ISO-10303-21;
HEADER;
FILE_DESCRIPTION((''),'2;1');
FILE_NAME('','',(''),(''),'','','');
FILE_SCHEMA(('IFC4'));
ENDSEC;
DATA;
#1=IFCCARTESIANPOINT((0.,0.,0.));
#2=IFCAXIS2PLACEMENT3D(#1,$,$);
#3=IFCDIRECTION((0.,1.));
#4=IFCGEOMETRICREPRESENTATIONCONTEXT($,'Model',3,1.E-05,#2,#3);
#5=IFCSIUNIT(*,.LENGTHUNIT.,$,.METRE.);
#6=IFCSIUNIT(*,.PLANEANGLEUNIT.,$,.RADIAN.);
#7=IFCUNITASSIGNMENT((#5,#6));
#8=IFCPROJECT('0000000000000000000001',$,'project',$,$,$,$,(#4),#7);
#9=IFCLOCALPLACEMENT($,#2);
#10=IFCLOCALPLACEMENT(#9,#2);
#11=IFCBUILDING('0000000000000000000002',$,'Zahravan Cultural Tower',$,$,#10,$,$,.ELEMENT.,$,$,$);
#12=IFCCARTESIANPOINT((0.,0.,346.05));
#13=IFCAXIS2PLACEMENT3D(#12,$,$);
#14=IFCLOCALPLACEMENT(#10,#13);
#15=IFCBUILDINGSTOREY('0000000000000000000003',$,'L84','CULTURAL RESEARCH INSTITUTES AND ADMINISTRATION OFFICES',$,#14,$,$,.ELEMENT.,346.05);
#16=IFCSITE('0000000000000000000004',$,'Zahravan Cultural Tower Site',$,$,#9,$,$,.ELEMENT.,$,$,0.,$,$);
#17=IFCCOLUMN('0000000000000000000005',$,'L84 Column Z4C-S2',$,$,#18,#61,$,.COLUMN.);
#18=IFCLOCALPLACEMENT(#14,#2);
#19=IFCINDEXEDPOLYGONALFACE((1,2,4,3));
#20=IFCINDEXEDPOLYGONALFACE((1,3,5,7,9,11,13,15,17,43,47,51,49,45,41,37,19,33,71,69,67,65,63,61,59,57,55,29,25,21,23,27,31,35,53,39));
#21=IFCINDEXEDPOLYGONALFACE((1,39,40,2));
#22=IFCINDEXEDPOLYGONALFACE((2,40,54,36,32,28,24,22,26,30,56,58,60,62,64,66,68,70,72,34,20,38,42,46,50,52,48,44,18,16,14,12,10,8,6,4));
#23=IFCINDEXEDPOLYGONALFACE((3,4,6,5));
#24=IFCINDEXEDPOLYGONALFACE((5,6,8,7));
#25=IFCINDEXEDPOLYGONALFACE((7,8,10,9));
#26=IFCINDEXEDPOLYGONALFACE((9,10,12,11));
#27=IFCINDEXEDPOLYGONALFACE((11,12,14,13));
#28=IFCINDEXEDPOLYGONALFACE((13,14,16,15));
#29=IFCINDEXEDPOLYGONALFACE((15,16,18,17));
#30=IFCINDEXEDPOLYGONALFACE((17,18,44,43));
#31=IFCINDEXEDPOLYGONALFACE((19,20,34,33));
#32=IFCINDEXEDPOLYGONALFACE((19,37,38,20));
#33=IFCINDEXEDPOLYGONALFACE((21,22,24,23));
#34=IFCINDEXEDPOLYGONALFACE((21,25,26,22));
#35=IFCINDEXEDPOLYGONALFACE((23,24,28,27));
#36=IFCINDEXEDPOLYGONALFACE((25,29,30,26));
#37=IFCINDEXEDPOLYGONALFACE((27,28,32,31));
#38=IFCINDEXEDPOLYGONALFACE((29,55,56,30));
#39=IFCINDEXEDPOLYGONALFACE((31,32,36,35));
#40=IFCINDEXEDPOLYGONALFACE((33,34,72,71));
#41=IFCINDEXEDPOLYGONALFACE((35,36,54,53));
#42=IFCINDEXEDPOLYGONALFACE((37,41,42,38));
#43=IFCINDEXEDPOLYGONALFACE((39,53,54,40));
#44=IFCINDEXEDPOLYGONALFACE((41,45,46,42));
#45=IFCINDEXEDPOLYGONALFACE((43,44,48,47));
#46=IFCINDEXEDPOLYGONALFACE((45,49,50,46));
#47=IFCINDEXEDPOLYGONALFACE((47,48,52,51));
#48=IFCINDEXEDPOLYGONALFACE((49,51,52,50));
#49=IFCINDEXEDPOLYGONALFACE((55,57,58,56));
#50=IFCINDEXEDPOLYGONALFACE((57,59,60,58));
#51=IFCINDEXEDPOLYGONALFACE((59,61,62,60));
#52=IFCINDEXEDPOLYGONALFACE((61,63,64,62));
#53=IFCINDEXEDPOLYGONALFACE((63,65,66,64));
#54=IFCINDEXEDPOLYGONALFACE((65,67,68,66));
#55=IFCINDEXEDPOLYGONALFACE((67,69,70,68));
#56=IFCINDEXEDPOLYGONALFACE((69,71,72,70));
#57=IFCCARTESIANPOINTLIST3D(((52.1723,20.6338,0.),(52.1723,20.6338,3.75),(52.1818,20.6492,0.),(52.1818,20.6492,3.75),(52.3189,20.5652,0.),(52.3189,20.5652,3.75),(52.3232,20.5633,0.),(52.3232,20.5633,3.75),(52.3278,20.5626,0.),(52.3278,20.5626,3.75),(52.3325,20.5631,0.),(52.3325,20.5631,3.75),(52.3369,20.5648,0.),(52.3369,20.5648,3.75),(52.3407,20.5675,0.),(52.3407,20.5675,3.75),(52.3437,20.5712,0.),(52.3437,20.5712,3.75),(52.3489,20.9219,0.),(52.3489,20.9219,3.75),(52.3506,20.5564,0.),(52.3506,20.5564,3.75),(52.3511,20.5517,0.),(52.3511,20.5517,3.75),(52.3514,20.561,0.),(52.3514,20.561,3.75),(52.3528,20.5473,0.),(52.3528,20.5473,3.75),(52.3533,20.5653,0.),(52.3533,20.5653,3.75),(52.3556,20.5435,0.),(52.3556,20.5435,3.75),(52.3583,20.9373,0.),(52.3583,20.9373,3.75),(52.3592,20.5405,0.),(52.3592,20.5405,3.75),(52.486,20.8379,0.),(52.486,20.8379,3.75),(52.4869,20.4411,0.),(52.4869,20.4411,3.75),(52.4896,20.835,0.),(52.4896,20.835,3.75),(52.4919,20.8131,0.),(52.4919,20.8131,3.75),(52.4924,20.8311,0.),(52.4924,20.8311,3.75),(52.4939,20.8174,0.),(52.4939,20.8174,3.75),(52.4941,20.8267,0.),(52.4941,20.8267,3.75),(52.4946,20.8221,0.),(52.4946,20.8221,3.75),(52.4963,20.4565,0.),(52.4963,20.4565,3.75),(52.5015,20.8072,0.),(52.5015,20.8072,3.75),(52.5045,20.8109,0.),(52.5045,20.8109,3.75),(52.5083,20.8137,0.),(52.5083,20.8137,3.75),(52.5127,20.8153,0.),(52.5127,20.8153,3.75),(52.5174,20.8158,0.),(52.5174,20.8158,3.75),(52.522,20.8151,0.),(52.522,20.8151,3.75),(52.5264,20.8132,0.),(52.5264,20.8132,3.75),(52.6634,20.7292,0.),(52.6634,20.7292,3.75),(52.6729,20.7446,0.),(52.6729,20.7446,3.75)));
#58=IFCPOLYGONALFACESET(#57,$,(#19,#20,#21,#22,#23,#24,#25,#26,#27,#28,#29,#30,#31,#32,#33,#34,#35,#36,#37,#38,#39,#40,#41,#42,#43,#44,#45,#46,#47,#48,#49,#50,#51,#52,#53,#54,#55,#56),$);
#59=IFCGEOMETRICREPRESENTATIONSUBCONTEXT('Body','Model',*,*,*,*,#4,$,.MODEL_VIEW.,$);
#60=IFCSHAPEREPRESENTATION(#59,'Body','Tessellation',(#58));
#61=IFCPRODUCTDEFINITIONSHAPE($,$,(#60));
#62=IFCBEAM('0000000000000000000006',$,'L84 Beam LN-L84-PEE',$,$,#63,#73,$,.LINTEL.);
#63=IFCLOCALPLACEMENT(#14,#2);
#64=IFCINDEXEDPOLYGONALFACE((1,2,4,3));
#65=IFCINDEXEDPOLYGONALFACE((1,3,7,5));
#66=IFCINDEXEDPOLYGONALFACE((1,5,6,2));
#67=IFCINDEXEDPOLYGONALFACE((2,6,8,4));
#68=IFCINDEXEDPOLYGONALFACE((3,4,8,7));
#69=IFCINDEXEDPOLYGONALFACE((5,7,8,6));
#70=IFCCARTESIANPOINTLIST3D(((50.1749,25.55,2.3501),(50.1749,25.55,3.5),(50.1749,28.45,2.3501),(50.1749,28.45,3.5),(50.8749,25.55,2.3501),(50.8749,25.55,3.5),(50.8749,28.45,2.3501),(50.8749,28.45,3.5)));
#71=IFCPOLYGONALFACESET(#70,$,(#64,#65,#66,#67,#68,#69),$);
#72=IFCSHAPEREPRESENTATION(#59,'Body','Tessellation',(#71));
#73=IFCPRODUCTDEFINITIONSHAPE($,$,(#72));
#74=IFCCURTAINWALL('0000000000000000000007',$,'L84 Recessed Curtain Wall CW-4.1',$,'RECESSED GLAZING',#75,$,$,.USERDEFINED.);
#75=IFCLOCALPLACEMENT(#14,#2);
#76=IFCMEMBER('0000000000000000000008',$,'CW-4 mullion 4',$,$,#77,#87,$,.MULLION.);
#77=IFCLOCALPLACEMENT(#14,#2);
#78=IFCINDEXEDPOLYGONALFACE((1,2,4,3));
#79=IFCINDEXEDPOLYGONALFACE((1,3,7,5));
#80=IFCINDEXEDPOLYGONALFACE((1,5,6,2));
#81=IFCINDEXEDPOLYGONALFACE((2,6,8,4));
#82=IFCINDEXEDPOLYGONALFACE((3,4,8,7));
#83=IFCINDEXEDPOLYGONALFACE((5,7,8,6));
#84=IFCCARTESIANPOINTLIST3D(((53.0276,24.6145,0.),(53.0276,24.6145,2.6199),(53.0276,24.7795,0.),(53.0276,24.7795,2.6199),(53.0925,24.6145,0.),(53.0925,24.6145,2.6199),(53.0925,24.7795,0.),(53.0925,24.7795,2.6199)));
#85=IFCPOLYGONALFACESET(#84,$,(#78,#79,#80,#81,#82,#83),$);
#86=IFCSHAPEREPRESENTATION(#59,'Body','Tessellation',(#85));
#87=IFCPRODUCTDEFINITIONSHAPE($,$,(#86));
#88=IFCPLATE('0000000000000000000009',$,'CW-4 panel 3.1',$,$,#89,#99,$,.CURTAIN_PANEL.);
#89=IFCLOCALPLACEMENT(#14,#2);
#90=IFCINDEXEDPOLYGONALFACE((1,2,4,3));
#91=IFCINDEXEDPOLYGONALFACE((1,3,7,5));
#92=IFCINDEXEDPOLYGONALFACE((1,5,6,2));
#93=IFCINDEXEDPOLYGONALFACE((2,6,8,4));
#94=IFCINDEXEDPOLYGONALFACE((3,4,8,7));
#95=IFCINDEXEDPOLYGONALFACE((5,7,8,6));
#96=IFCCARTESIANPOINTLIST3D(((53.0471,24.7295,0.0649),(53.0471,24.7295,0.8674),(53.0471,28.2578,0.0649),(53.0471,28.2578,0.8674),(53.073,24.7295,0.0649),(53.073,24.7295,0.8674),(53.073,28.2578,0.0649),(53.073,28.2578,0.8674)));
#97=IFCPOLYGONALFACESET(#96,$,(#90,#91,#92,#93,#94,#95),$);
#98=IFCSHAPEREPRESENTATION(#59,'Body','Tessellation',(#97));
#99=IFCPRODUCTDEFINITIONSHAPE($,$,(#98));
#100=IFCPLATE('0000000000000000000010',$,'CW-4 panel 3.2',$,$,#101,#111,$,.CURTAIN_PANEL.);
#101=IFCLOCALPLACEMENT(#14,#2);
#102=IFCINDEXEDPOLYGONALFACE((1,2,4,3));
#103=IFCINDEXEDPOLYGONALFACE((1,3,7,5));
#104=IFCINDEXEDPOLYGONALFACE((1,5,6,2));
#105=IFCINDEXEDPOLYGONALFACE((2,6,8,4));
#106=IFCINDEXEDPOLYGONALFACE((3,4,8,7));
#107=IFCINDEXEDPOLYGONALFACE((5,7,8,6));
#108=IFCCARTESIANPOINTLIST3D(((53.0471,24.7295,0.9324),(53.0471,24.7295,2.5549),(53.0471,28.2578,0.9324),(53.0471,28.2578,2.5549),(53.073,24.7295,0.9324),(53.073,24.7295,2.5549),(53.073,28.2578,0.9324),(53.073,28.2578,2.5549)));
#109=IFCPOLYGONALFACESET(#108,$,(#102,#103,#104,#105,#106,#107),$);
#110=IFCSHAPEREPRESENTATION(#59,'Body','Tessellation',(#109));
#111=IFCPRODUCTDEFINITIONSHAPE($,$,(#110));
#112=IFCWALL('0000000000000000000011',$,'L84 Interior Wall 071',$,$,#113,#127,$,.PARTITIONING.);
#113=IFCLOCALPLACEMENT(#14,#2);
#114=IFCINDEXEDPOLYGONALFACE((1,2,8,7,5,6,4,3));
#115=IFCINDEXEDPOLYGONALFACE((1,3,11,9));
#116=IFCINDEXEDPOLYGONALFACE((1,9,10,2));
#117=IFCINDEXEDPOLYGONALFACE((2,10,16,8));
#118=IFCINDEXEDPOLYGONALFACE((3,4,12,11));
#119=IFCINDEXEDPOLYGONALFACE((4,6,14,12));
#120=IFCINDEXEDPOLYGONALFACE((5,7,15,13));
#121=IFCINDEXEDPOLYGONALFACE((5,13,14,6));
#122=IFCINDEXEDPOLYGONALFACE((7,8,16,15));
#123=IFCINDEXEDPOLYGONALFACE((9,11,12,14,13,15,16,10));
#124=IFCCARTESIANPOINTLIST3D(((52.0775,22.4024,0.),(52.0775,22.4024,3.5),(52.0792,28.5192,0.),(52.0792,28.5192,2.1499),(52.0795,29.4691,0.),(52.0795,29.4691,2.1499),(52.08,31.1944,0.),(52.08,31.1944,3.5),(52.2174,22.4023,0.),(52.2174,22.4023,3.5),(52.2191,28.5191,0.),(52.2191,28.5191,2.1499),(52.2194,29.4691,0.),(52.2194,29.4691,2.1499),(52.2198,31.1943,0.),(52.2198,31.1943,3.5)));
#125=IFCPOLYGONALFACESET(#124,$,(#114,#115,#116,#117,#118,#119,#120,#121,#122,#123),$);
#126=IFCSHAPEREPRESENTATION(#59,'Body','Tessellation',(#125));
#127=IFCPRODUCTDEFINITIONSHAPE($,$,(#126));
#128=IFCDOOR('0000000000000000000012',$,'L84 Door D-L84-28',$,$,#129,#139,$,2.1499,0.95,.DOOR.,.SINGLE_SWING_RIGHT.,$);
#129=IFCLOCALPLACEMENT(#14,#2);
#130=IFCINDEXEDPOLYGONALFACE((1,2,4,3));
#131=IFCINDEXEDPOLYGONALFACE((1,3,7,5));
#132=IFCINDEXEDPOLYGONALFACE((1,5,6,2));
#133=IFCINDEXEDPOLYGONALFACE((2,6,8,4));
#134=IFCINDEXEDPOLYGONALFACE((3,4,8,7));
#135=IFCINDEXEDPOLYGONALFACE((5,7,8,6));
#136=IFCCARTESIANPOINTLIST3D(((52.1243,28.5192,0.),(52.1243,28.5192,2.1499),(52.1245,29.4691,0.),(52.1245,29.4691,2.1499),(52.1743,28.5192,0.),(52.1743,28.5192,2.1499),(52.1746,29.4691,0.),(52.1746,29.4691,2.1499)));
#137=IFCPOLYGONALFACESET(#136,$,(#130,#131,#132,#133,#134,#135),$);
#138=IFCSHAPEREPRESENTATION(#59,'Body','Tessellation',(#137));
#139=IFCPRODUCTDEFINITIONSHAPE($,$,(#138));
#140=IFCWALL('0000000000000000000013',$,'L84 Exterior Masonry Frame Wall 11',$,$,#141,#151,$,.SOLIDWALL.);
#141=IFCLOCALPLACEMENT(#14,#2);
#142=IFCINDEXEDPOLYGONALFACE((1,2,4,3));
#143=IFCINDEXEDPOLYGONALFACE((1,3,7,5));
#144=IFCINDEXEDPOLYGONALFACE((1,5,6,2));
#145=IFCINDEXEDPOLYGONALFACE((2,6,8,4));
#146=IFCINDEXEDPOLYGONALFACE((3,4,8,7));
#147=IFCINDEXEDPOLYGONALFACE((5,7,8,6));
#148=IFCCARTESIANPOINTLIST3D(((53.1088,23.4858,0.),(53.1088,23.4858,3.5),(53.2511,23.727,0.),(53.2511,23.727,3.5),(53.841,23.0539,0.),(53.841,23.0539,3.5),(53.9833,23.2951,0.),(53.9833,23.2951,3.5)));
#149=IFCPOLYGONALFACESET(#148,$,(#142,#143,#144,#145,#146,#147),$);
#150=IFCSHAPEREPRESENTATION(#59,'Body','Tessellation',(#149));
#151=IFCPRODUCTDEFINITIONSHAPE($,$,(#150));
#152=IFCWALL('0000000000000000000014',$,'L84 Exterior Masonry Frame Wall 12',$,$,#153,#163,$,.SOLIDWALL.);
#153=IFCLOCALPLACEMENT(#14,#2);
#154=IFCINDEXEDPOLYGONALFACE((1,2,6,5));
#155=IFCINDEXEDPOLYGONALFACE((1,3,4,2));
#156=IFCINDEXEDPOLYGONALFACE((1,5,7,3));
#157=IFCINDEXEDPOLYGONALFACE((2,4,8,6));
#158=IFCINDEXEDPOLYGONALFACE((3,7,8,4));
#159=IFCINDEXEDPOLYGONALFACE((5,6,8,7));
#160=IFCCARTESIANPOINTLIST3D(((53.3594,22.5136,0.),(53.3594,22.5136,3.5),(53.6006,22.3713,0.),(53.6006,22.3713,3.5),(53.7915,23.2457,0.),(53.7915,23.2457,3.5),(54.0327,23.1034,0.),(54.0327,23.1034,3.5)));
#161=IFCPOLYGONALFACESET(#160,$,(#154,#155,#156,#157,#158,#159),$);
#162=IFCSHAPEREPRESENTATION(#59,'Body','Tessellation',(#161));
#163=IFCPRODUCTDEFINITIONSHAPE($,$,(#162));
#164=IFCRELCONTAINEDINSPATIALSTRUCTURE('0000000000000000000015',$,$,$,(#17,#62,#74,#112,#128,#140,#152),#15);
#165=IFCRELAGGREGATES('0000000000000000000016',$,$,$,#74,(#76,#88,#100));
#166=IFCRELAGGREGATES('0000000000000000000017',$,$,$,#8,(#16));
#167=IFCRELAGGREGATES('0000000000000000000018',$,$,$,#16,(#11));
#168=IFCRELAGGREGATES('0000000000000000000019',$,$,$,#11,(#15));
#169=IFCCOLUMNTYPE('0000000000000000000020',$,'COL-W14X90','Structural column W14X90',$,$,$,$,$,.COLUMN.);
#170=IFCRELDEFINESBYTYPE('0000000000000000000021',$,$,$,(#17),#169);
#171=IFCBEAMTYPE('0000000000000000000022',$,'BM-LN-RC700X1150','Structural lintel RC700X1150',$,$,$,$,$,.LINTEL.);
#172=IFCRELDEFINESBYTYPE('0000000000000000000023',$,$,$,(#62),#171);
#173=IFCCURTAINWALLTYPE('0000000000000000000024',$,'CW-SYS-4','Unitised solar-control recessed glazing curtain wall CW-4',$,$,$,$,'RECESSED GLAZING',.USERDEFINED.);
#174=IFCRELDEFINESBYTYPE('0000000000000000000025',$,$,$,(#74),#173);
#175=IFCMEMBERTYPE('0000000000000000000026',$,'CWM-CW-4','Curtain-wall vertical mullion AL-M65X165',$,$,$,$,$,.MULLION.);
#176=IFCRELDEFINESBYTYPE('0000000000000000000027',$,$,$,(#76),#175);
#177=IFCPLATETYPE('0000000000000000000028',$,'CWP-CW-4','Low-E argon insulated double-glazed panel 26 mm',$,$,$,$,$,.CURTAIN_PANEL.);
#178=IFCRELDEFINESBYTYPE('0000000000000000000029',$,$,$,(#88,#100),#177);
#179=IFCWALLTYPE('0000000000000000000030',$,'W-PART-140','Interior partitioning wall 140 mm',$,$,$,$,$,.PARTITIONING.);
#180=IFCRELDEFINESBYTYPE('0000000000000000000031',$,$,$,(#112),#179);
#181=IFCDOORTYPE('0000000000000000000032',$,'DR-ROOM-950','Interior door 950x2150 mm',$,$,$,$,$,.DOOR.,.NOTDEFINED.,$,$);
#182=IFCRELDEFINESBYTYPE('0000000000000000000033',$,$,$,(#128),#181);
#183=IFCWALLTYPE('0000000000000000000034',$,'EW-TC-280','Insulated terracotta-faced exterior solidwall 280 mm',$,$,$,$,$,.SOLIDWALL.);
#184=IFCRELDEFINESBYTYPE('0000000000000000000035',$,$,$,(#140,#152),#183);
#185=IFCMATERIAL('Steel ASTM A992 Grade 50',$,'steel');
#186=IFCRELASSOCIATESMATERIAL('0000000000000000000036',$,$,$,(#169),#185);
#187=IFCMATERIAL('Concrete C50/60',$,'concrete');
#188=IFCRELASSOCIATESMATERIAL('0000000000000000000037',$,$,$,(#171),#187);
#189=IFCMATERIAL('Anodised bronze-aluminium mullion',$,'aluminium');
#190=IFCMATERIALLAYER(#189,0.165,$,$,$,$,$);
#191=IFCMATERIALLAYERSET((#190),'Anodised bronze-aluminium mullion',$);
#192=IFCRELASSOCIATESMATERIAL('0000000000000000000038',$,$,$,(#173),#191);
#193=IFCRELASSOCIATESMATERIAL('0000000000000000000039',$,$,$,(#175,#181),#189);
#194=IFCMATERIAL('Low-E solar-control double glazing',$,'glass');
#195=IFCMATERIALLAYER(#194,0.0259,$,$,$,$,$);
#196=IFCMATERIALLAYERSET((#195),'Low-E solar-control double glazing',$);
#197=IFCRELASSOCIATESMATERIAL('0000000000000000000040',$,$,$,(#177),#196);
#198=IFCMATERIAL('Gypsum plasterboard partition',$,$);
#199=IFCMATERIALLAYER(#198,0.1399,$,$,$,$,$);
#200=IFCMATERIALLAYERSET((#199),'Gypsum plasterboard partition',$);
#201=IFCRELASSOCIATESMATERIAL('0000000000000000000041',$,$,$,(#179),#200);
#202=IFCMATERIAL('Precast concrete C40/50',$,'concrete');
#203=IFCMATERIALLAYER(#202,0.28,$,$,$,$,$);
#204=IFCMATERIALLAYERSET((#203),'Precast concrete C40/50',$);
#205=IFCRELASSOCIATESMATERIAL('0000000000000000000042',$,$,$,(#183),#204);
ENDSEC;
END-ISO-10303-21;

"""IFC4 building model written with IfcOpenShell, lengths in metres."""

from ifc_helpers import new_model, si_unit, direction, frame, frame_2d, origin, origin_2d, place, context, subcontext, project, spatial, rectangle, i_section, extrude, source, transform, mapped, material, layer, layer_set, material_profile, profile_set, type_object, element, fill, aggregate, save


model = new_model("IFC4")

# Units and contexts
model_context = context("Model", 3, precision=1e-05, world=origin(), true_north=direction((0.0, 1.0)))
body_context = subcontext(model_context, "Body", "Model", "MODEL_VIEW")
ifc_project = project(units=[si_unit("LENGTHUNIT", "METRE"), si_unit("PLANEANGLEUNIT", "RADIAN")], contexts=[model_context])

# Site, building, storey
site_placement = place(None, origin())
site = spatial("IfcSite", under=ifc_project, at=site_placement, Name="Zahravan Cultural Tower Site", CompositionType="ELEMENT", RefElevation=0.0)
building_placement = place(site_placement, origin())
building = spatial("IfcBuilding", under=site, at=building_placement, Name="Zahravan Cultural Tower", CompositionType="ELEMENT")
storey_placement = place(building_placement, frame((0.0, 0.0, 346.05)))
storey = spatial("IfcBuildingStorey", under=building, at=storey_placement, Name="L84", Description="CULTURAL RESEARCH INSTITUTES AND ADMINISTRATION OFFICES", CompositionType="ELEMENT", Elevation=346.05)

# Column
ifc_material_1 = material(Name="Steel ASTM A992 Grade 50", Category="steel")
ifc_material_profile_1 = material_profile(ifc_material_1, i_section(OverallWidth=0.3689, OverallDepth=0.356, WebThickness=0.0112, FlangeThickness=0.0181, FilletRadius=0.0181, at=origin_2d()), Name="W14X90")
ifc_profile_set_1 = profile_set([ifc_material_profile_1], Name="Steel ASTM A992 Grade 50")
column_type = type_object("IfcColumnType", Name="COL-W14X90", Description="Structural column W14X90", PredefinedType="COLUMN", material=ifc_profile_set_1)
shared_shape_1 = source(origin(), body_context, "Body", "SweptSolid", [
    extrude(i_section(OverallWidth=0.3689, OverallDepth=0.356, WebThickness=0.0112, FlangeThickness=0.0181, FilletRadius=0.0181, at=origin_2d()), origin(), (0.0, 0.0, 1.0), 3.75),
])
column_placement = place(storey_placement, frame((52.4226, 20.6892, 0.0), z_axis=(0.0, 0.0, 1.0), x_axis=(-0.85264, 0.522499, 0.0)))
element("IfcColumn", 1, at=column_placement, inside=storey, type_object=column_type, Name="L84 Column Z4C-S2", PredefinedType="COLUMN", context=body_context, shape_type="MappedRepresentation", body=[
    mapped(shared_shape_1, transform((0.0, 0.0, 0.0), x_axis=(1.0, 0.0, 0.0), y_axis=(0.0, 1.0, 0.0), z_axis=(0.0, 0.0, 1.0), scale=1.0)),
])

# Beam
ifc_material_2 = material(Name="Concrete C50/60", Category="concrete")
ifc_material_profile_2 = material_profile(ifc_material_2, rectangle(XDim=0.7, YDim=1.1499, at=origin_2d()), Name="RC700X1150")
ifc_profile_set_2 = profile_set([ifc_material_profile_2], Name="Concrete C50/60")
beam_type = type_object("IfcBeamType", Name="BM-LN-RC700X1150", Description="Structural lintel RC700X1150", PredefinedType="LINTEL", material=ifc_profile_set_2)
shared_shape_2 = source(origin(), body_context, "Body", "SweptSolid", [
    extrude(rectangle(XDim=0.7, YDim=1.1499, at=origin_2d()), origin(), (0.0, 0.0, 1.0), 2.8999),
])
beam_placement = place(storey_placement, frame((50.5249, 25.55, 2.925), z_axis=(0.0, 1.0, 0.0), x_axis=(-1.0, 0.0, 0.0)))
element("IfcBeam", 2, at=beam_placement, inside=storey, type_object=beam_type, Name="L84 Beam LN-L84-PEE", PredefinedType="LINTEL", context=body_context, shape_type="MappedRepresentation", body=[
    mapped(shared_shape_2, transform((0.0, 0.0, 0.0), x_axis=(1.0, 0.0, 0.0), y_axis=(0.0, 1.0, 0.0), z_axis=(0.0, 0.0, 1.0), scale=1.0)),
])

# Curtain wall, member, plates
ifc_material_3 = material(Name="Anodised bronze-aluminium mullion", Category="aluminium")
ifc_layer_1 = layer(ifc_material_3, 0.165)
ifc_layer_set_1 = layer_set([ifc_layer_1], Name="Anodised bronze-aluminium mullion")
curtain_wall_type = type_object("IfcCurtainWallType", Name="CW-SYS-4", Description="Unitised solar-control recessed glazing curtain wall CW-4", ElementType="RECESSED GLAZING", PredefinedType="USERDEFINED", material=ifc_layer_set_1)
curtain_wall_placement = place(storey_placement, origin())
curtain_wall = element("IfcCurtainWall", 3, at=curtain_wall_placement, inside=storey, type_object=curtain_wall_type, Name="L84 Recessed Curtain Wall CW-4.1", ObjectType="RECESSED GLAZING", PredefinedType="USERDEFINED")
ifc_material_profile_3 = material_profile(ifc_material_3, rectangle(XDim=0.0649, YDim=0.165, at=origin_2d()), Name="AL-M65X165")
ifc_profile_set_3 = profile_set([ifc_material_profile_3], Name="Anodised bronze-aluminium mullion")
member_type = type_object("IfcMemberType", Name="CWM-CW-4", Description="Curtain-wall vertical mullion AL-M65X165", PredefinedType="MULLION", material=ifc_profile_set_3)
shared_shape_3 = source(origin(), body_context, "Body", "SweptSolid", [
    extrude(rectangle(XDim=0.0649, YDim=0.165, at=origin_2d()), origin(), (0.0, 0.0, 1.0), 2.6199),
])
member_placement = place(storey_placement, frame((53.0601, 24.697, 0.0), z_axis=(0.0, 0.0, 1.0), x_axis=(1.0, 0.0, 0.0)))
member = element("IfcMember", 4, at=member_placement, type_object=member_type, Name="CW-4 mullion 4", PredefinedType="MULLION", context=body_context, shape_type="MappedRepresentation", body=[
    mapped(shared_shape_3, transform((0.0, 0.0, 0.0), x_axis=(1.0, 0.0, 0.0), y_axis=(0.0, 1.0, 0.0), z_axis=(0.0, 0.0, 1.0), scale=1.0)),
])
ifc_material_4 = material(Name="Low-E solar-control double glazing", Category="glass")
ifc_layer_2 = layer(ifc_material_4, 0.0259)
ifc_layer_set_2 = layer_set([ifc_layer_2], Name="Low-E solar-control double glazing")
plate_type = type_object("IfcPlateType", Name="CWP-CW-4", Description="Low-E argon insulated double-glazed panel 26 mm", PredefinedType="CURTAIN_PANEL", material=ifc_layer_set_2)
shared_shape_4 = source(origin(), body_context, "Body", "SweptSolid", [
    extrude(rectangle(XDim=3.5283, YDim=0.0259, at=origin_2d()), origin(), (0.0, 0.0, 1.0), 0.8025),
])
plate_1_placement = place(storey_placement, frame((53.0601, 26.4937, 0.0649), z_axis=(0.0, 0.0, 1.0), x_axis=(0.0, -1.0, 0.0)))
plate_1 = element("IfcPlate", 5, at=plate_1_placement, type_object=plate_type, Name="CW-4 panel 3.1", PredefinedType="CURTAIN_PANEL", context=body_context, shape_type="MappedRepresentation", body=[
    mapped(shared_shape_4, transform((0.0, 0.0, 0.0), x_axis=(1.0, 0.0, 0.0), y_axis=(0.0, 1.0, 0.0), z_axis=(0.0, 0.0, 1.0), scale=1.0)),
])
shared_shape_5 = source(origin(), body_context, "Body", "SweptSolid", [
    extrude(rectangle(XDim=3.5283, YDim=0.0259, at=origin_2d()), origin(), (0.0, 0.0, 1.0), 1.6226),
])
plate_2_placement = place(storey_placement, frame((53.0601, 26.4937, 0.9324), z_axis=(0.0, 0.0, 1.0), x_axis=(0.0, -1.0, 0.0)))
plate_2 = element("IfcPlate", 6, at=plate_2_placement, type_object=plate_type, Name="CW-4 panel 3.2", PredefinedType="CURTAIN_PANEL", context=body_context, shape_type="MappedRepresentation", body=[
    mapped(shared_shape_5, transform((0.0, 0.0, 0.0), x_axis=(1.0, 0.0, 0.0), y_axis=(0.0, 1.0, 0.0), z_axis=(0.0, 0.0, 1.0), scale=1.0)),
])
aggregate(curtain_wall, [member, plate_1, plate_2])

# Wall, opening, door
ifc_material_5 = material(Name="Gypsum plasterboard partition")
ifc_layer_3 = layer(ifc_material_5, 0.1399)
ifc_layer_set_3 = layer_set([ifc_layer_3], Name="Gypsum plasterboard partition")
wall_type_1 = type_object("IfcWallType", Name="W-PART-140", Description="Interior partitioning wall 140 mm", PredefinedType="PARTITIONING", material=ifc_layer_set_3)
wall_1_placement = place(storey_placement, frame((52.1475, 22.4023, 0.0), z_axis=(0.0, 0.0, 1.0), x_axis=(0.000278, 1.0, 0.0)))
wall_1 = element("IfcWall", 7, at=wall_1_placement, inside=storey, type_object=wall_type_1, Name="L84 Interior Wall 071", PredefinedType="PARTITIONING", context=body_context, shape_type="SweptSolid", body=[
    extrude(rectangle(XDim=8.792, YDim=0.1399, at=frame_2d((4.396, 0.0))), origin(), (0.0, 0.0, 1.0), 3.5),
])
opening_placement = place(wall_1_placement, frame((6.1167, 0.0, 0.0)))
opening = element("IfcOpeningElement", 8, at=opening_placement, cuts=wall_1, PredefinedType="OPENING", context=body_context, shape_type="SweptSolid", body=[
    extrude(rectangle(XDim=0.95, YDim=2.1499, at=frame_2d((0.4751, 1.075))), frame((0.0, 0.0798, 0.0), z_axis=(0.0, -1.0, 0.0), x_axis=(1.0, 0.0, 0.0)), (0.0, 0.0, 1.0), 0.1599),
])
door_type = type_object("IfcDoorType", Name="DR-ROOM-950", Description="Interior door 950x2150 mm", OperationType="NOTDEFINED", PredefinedType="DOOR", material=ifc_material_3)
shared_shape_6 = source(origin(), body_context, "Body", "SweptSolid", [
    extrude(rectangle(XDim=0.95, YDim=2.1499, at=frame_2d((0.4751, 1.075))), frame((0.0, 0.0249, 0.0), z_axis=(0.0, -1.0, 0.0), x_axis=(1.0, 0.0, 0.0)), (0.0, 0.0, 1.0), 0.05),
])
door_placement = place(opening_placement, origin())
door = element("IfcDoor", 9, at=door_placement, inside=storey, type_object=door_type, Name="L84 Door D-L84-28", OperationType="SINGLE_SWING_RIGHT", OverallHeight=2.1499, OverallWidth=0.95, PredefinedType="DOOR", context=body_context, shape_type="MappedRepresentation", body=[
    mapped(shared_shape_6, transform((0.0, 0.0, 0.0), x_axis=(1.0, 0.0, 0.0), y_axis=(0.0, 1.0, 0.0), z_axis=(0.0, 0.0, 1.0), scale=1.0)),
])
fill(opening, door)

# Walls
ifc_material_6 = material(Name="Precast concrete C40/50", Category="concrete")
ifc_layer_4 = layer(ifc_material_6, 0.28)
ifc_layer_set_4 = layer_set([ifc_layer_4], Name="Precast concrete C40/50")
wall_type_2 = type_object("IfcWallType", Name="EW-TC-280", Description="Insulated terracotta-faced exterior solidwall 280 mm", PredefinedType="SOLIDWALL", material=ifc_layer_set_4)
shared_shape_7 = source(origin(), body_context, "Body", "SweptSolid", [
    extrude(rectangle(XDim=0.8501, YDim=0.28, at=frame_2d((0.425, 0.0))), origin(), (0.0, 0.0, 1.0), 3.5),
])
for number, where, z_axis, x_axis, name in (
    (10, (53.1799, 23.6064, 0.0), (0.0, 0.0, 1.0), (0.861321, -0.508062, 0.0), "L84 Exterior Masonry Frame Wall 11"),
    (11, (53.9121, 23.1746, 0.0), (0.0, 0.0, 1.0), (-0.508275, -0.861195, 0.0), "L84 Exterior Masonry Frame Wall 12"),
):
    element("IfcWall", number, at=place(storey_placement, frame(where, z_axis=z_axis, x_axis=x_axis)), inside=storey, type_object=wall_type_2, Name=name, PredefinedType="SOLIDWALL", context=body_context, shape_type="MappedRepresentation", body=[
        mapped(shared_shape_7, transform((0.0, 0.0, 0.0), x_axis=(1.0, 0.0, 0.0), y_axis=(0.0, 1.0, 0.0), z_axis=(0.0, 0.0, 1.0), scale=1.0)),
    ])

save(model, "model.ifc")
